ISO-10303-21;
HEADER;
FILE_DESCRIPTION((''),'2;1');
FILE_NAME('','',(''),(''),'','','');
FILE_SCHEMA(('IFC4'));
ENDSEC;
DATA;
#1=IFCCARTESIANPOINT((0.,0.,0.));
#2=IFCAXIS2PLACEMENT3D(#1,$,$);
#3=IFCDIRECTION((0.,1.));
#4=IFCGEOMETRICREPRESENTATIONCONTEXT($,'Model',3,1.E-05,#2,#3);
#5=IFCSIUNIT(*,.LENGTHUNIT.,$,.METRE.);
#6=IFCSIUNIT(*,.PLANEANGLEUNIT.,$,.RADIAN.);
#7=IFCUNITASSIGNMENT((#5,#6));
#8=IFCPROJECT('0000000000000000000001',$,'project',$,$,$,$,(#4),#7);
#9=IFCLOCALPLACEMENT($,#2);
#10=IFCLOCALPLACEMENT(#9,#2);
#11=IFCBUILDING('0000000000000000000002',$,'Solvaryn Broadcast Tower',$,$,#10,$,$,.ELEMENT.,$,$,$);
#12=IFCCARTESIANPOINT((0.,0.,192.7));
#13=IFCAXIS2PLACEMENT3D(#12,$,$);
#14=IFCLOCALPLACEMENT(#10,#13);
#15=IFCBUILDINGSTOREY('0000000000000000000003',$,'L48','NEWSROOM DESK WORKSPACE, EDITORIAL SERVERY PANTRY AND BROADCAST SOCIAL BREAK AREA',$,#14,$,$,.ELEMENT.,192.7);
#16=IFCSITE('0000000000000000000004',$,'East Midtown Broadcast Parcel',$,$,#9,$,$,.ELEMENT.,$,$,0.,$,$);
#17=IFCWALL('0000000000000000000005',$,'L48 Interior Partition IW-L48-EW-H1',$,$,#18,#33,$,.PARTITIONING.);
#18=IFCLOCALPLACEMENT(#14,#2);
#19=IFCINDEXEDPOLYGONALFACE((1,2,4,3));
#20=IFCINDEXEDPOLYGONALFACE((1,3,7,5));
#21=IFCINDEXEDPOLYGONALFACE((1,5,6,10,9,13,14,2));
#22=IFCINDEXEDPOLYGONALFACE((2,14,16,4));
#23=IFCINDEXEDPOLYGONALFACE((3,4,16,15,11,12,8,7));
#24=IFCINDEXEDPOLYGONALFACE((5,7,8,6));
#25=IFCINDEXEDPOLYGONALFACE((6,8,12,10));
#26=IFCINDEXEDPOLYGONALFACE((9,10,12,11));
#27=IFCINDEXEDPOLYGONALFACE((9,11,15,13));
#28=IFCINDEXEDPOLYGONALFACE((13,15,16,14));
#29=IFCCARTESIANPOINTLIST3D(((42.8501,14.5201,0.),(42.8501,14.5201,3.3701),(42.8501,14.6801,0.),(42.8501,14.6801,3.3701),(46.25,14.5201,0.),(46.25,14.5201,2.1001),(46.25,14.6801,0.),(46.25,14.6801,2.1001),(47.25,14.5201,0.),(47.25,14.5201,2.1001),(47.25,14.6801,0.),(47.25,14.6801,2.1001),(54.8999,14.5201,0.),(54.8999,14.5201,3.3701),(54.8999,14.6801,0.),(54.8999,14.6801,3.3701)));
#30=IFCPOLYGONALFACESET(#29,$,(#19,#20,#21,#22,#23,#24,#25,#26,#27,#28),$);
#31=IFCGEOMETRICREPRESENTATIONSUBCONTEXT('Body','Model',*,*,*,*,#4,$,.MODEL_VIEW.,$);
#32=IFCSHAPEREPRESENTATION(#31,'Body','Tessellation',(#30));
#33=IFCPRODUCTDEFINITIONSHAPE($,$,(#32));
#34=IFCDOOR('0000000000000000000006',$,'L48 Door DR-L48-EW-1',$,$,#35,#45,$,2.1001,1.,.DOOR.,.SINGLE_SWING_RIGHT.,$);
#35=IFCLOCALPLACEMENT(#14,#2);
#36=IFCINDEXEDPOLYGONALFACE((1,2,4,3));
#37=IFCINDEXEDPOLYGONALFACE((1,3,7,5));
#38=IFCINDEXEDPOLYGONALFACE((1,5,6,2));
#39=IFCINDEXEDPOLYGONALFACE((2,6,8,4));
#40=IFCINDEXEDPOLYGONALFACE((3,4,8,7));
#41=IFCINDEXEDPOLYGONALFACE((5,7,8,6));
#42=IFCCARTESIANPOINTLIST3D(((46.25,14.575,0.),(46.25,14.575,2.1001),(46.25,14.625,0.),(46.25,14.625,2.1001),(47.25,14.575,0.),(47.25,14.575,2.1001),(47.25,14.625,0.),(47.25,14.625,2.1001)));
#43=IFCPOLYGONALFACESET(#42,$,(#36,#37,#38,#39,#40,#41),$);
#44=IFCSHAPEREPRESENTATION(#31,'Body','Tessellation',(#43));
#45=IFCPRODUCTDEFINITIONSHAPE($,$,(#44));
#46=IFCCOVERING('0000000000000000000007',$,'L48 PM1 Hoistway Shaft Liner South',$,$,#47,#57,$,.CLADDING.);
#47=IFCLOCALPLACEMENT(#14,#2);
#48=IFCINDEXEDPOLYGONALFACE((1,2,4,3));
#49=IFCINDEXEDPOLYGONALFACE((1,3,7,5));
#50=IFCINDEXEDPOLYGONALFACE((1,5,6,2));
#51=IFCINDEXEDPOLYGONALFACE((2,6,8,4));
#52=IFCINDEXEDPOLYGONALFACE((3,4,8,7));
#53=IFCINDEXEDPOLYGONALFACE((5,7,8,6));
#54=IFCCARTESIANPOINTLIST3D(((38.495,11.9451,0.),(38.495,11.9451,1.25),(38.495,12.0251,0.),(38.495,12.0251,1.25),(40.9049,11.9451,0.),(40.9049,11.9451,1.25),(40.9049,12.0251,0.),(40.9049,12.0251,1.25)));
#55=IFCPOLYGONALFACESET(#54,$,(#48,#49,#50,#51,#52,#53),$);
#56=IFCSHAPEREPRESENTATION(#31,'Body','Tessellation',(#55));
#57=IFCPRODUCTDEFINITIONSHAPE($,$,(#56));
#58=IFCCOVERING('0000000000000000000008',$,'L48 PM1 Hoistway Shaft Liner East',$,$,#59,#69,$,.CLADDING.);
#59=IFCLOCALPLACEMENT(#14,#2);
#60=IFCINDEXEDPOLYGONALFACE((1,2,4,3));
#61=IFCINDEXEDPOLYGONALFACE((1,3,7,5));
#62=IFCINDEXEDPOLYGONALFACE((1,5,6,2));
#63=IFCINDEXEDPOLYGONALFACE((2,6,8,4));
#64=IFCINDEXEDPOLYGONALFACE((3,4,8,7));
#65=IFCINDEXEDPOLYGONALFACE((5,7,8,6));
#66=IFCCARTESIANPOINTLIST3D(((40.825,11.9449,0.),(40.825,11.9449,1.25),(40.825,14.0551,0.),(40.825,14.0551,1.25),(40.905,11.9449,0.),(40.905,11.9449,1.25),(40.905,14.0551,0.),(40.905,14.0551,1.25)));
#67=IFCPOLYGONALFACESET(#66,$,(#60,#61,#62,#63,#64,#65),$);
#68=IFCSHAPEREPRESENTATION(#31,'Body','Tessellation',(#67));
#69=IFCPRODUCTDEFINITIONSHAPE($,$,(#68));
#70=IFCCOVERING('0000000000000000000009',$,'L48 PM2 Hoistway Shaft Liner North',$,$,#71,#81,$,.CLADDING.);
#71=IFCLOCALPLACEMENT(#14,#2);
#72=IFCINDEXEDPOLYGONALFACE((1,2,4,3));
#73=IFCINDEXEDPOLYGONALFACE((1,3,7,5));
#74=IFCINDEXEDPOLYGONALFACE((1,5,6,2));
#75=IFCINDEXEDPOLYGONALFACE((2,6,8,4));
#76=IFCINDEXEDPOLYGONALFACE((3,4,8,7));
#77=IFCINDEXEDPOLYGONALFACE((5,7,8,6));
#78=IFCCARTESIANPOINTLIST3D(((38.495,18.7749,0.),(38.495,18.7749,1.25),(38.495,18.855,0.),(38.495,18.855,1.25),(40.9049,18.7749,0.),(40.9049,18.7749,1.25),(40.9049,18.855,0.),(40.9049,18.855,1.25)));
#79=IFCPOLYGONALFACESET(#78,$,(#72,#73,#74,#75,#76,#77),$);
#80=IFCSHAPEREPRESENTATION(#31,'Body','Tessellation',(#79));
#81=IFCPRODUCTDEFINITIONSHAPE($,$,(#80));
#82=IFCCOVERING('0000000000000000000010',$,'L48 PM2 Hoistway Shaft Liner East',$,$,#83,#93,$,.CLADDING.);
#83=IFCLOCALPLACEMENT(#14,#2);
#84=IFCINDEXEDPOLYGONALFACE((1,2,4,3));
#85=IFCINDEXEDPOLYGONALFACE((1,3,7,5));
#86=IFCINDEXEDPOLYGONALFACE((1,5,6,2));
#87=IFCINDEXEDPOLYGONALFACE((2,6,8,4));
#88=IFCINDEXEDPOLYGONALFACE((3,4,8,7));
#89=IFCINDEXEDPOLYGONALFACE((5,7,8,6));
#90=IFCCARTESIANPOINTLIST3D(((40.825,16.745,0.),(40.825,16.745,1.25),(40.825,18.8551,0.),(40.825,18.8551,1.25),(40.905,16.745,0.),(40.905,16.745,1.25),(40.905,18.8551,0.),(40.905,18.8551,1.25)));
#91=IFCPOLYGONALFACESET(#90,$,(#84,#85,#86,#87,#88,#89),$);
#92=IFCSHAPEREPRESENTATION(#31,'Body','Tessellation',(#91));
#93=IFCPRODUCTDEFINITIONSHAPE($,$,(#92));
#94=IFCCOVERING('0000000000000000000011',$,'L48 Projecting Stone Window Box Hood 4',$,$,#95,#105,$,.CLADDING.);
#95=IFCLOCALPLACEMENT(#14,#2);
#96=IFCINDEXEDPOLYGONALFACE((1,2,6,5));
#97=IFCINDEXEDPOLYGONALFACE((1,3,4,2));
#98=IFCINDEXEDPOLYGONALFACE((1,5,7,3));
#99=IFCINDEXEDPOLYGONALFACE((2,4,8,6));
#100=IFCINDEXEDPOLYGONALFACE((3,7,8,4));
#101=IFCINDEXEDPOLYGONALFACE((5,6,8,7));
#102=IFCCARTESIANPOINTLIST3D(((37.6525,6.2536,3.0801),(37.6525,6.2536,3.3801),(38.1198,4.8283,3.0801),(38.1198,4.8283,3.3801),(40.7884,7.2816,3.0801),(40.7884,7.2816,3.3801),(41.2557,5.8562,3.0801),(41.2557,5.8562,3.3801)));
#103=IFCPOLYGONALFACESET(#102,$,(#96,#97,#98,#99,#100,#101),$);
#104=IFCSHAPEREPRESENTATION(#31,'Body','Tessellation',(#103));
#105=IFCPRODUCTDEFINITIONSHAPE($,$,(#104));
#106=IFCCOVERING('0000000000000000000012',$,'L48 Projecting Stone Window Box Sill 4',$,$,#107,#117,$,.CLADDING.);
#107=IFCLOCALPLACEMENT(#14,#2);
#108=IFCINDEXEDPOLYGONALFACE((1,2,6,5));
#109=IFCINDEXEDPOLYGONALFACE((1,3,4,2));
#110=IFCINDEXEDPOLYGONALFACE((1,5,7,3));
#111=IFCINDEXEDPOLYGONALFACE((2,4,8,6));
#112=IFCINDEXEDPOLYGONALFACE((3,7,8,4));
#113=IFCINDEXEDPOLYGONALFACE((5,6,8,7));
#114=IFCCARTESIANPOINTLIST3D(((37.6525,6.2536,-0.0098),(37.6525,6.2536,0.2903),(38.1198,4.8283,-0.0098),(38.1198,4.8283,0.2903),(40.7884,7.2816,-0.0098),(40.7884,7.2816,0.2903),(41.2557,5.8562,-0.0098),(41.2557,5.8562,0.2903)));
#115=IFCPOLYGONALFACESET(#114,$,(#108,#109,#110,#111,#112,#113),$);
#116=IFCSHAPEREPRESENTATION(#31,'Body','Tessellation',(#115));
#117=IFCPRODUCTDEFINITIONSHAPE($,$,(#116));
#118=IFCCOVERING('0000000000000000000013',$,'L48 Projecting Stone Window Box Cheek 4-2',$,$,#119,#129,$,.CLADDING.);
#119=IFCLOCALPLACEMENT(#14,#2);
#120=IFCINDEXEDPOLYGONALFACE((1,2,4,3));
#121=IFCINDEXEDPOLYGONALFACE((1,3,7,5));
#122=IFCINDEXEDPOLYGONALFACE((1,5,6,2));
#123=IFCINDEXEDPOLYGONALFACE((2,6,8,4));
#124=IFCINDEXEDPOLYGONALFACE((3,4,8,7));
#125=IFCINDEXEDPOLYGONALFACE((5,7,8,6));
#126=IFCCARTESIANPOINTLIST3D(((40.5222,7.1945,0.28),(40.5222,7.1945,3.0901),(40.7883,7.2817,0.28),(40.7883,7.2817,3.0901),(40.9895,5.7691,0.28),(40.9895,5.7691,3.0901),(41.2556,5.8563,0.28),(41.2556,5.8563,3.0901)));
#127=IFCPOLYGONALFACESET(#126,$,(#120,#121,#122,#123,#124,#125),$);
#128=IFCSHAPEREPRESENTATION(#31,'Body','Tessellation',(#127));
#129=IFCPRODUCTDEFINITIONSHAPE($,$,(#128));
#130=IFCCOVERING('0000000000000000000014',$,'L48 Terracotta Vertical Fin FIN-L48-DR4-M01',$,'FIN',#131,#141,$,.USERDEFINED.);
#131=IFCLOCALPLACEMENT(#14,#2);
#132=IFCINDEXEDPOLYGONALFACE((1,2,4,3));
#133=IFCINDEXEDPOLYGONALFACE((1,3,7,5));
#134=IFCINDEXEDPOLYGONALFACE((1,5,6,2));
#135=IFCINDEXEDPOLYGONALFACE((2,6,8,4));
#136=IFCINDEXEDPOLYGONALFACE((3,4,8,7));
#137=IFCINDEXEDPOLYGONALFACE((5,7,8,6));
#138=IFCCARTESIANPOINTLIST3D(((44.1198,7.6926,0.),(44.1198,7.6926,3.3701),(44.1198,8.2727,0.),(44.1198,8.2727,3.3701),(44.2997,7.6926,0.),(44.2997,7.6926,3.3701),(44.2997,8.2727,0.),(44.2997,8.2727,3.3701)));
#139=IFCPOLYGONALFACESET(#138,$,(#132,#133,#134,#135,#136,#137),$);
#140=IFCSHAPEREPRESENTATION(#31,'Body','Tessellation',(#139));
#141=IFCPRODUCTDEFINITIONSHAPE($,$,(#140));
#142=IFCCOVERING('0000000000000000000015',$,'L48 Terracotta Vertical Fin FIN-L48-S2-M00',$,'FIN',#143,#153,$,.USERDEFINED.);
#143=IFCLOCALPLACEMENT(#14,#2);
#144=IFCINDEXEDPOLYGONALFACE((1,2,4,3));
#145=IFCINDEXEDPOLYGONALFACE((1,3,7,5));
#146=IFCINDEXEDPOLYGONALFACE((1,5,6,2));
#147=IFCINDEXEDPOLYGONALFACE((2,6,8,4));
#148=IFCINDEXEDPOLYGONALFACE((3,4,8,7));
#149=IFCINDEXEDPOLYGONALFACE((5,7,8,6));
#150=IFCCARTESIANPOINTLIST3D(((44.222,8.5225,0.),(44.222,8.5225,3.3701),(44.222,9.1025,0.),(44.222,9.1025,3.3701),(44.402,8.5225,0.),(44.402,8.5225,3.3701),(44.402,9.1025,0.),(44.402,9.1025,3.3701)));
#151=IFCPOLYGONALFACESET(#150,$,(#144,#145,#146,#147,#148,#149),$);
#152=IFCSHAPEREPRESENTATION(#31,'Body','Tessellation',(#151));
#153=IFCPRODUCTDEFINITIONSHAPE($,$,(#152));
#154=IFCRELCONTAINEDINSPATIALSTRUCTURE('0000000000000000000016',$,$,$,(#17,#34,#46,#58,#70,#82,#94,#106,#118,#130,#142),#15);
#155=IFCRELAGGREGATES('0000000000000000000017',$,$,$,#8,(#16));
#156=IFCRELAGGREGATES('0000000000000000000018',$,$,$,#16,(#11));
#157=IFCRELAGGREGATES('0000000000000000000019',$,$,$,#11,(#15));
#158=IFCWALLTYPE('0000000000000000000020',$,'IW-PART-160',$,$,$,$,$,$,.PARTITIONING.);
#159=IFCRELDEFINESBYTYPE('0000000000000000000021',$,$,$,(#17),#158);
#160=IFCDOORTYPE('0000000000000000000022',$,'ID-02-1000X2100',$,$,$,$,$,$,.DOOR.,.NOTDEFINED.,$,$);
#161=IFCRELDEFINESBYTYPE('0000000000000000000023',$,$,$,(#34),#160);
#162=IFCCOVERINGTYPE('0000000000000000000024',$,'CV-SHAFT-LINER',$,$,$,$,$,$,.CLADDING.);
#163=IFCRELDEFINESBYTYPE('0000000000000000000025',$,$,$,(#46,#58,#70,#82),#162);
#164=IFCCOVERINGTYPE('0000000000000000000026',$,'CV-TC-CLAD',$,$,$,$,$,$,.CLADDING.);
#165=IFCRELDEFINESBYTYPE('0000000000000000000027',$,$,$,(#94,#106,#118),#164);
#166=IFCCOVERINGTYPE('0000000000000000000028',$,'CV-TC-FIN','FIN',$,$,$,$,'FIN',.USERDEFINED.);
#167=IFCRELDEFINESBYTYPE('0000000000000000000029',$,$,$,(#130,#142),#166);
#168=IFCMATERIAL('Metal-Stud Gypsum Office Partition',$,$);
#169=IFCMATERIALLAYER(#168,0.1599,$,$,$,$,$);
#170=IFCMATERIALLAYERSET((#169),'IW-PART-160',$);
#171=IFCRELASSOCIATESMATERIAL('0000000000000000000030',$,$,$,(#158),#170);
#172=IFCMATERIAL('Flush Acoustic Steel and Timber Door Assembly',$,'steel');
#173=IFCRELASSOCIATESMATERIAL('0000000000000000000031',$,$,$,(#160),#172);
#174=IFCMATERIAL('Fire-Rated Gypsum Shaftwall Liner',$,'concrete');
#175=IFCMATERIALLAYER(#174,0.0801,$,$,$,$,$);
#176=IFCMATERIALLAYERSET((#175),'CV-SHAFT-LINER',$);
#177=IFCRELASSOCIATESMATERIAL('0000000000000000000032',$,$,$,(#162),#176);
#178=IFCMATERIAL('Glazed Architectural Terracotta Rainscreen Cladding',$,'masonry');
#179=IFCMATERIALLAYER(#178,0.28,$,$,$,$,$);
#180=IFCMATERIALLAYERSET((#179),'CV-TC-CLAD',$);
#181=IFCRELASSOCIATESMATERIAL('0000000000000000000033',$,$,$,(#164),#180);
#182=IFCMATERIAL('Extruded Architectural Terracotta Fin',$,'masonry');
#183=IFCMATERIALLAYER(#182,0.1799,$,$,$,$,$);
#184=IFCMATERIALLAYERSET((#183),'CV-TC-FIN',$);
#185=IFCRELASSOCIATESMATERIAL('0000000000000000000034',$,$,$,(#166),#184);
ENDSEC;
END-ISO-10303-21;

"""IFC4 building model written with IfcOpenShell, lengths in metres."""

from ifc_helpers import new_model, si_unit, direction, frame, frame_2d, origin, origin_2d, place, context, subcontext, project, spatial, rectangle, extrude, material, layer, layer_set, type_object, element, fill, save


model = new_model("IFC4")

# Units and contexts
model_context = context("Model", 3, precision=1e-05, world=origin(), true_north=direction((0.0, 1.0)))
body_context = subcontext(model_context, "Body", "Model", "MODEL_VIEW")
ifc_project = project(units=[si_unit("LENGTHUNIT", "METRE"), si_unit("PLANEANGLEUNIT", "RADIAN")], contexts=[model_context])

# Site, building, storey
site_placement = place(None, origin())
site = spatial("IfcSite", under=ifc_project, at=site_placement, Name="East Midtown Broadcast Parcel", CompositionType="ELEMENT", RefElevation=0.0)
building_placement = place(site_placement, origin())
building = spatial("IfcBuilding", under=site, at=building_placement, Name="Solvaryn Broadcast Tower", CompositionType="ELEMENT")
storey_placement = place(building_placement, frame((0.0, 0.0, 192.7)))
storey = spatial("IfcBuildingStorey", under=building, at=storey_placement, Name="L48", Description="NEWSROOM DESK WORKSPACE, EDITORIAL SERVERY PANTRY AND BROADCAST SOCIAL BREAK AREA", CompositionType="ELEMENT", Elevation=192.7)

# Shared definitions
ifc_material_1 = material(Name="Metal-Stud Gypsum Office Partition")
ifc_layer_1 = layer(ifc_material_1, 0.1599)
ifc_layer_set_1 = layer_set([ifc_layer_1], Name="IW-PART-160")
wall_type_1 = type_object("IfcWallType", Name="IW-PART-160", PredefinedType="PARTITIONING", material=ifc_layer_set_1)

# Wall, opening, door
wall_1_placement = place(storey_placement, frame((42.8501, 14.6001, 0.0), z_axis=(0.0, 0.0, 1.0), x_axis=(1.0, 0.0, 0.0)))
wall_1 = element("IfcWall", 1, at=wall_1_placement, inside=storey, type_object=wall_type_1, Name="L48 Interior Partition IW-L48-EW-H1", PredefinedType="PARTITIONING", context=body_context, shape_type="SweptSolid", body=[
    extrude(rectangle(XDim=12.0498, YDim=0.1599, at=frame_2d((6.0249, 0.0))), origin(), (0.0, 0.0, 1.0), 3.3701),
])
opening_1_placement = place(wall_1_placement, frame((3.3999, 0.0, 0.0)))
opening_1 = element("IfcOpeningElement", 2, at=opening_1_placement, cuts=wall_1, PredefinedType="OPENING", context=body_context, shape_type="SweptSolid", body=[
    extrude(rectangle(XDim=1.0, YDim=2.1001, at=frame_2d((0.5, 1.05))), frame((0.0, 0.0901, 0.0), z_axis=(0.0, -1.0, 0.0), x_axis=(1.0, 0.0, 0.0)), (0.0, 0.0, 1.0), 0.1799),
])
ifc_material_2 = material(Name="Flush Acoustic Steel and Timber Door Assembly", Category="steel")
door_type_1 = type_object("IfcDoorType", Name="ID-02-1000X2100", OperationType="NOTDEFINED", PredefinedType="DOOR", material=ifc_material_2)
door_1_placement = place(opening_1_placement, origin())
door_1 = element("IfcDoor", 3, at=door_1_placement, inside=storey, type_object=door_type_1, Name="L48 Door DR-L48-EW-1", OperationType="SINGLE_SWING_RIGHT", OverallHeight=2.1001, OverallWidth=1.0, PredefinedType="DOOR", context=body_context, shape_type="SweptSolid", body=[
    extrude(rectangle(XDim=1.0, YDim=2.1001, at=frame_2d((0.5, 1.05))), frame((0.0, 0.0249, 0.0), z_axis=(0.0, -1.0, 0.0), x_axis=(1.0, 0.0, 0.0)), (0.0, 0.0, 1.0), 0.05),
])
fill(opening_1, door_1)

# Coverings
ifc_material_3 = material(Name="Fire-Rated Gypsum Shaftwall Liner", Category="concrete")
ifc_layer_2 = layer(ifc_material_3, 0.0801)
ifc_layer_set_2 = layer_set([ifc_layer_2], Name="CV-SHAFT-LINER")
covering_type_1 = type_object("IfcCoveringType", Name="CV-SHAFT-LINER", PredefinedType="CLADDING", material=ifc_layer_set_2)
covering_1_placement = place(storey_placement, frame((39.7, 11.9851, 0.0), z_axis=(0.0, 0.0, 1.0), x_axis=(1.0, 0.0, 0.0)))
element("IfcCovering", 4, at=covering_1_placement, inside=storey, type_object=covering_type_1, Name="L48 PM1 Hoistway Shaft Liner South", PredefinedType="CLADDING", context=body_context, shape_type="SweptSolid", body=[
    extrude(rectangle(XDim=2.4099, YDim=0.0801, at=origin_2d()), origin(), (0.0, 0.0, 1.0), 1.25),
])
covering_2_placement = place(storey_placement, frame((40.865, 13.0, 0.0), z_axis=(0.0, 0.0, 1.0), x_axis=(1.0, 0.0, 0.0)))
element("IfcCovering", 5, at=covering_2_placement, inside=storey, type_object=covering_type_1, Name="L48 PM1 Hoistway Shaft Liner East", PredefinedType="CLADDING", context=body_context, shape_type="SweptSolid", body=[
    extrude(rectangle(XDim=0.0801, YDim=2.1101, at=origin_2d()), origin(), (0.0, 0.0, 1.0), 1.25),
])
covering_3_placement = place(storey_placement, frame((39.7, 18.8149, 0.0), z_axis=(0.0, 0.0, 1.0), x_axis=(1.0, 0.0, 0.0)))
element("IfcCovering", 6, at=covering_3_placement, inside=storey, type_object=covering_type_1, Name="L48 PM2 Hoistway Shaft Liner North", PredefinedType="CLADDING", context=body_context, shape_type="SweptSolid", body=[
    extrude(rectangle(XDim=2.4099, YDim=0.0801, at=origin_2d()), origin(), (0.0, 0.0, 1.0), 1.25),
])
covering_4_placement = place(storey_placement, frame((40.865, 17.8, 0.0), z_axis=(0.0, 0.0, 1.0), x_axis=(1.0, 0.0, 0.0)))
element("IfcCovering", 7, at=covering_4_placement, inside=storey, type_object=covering_type_1, Name="L48 PM2 Hoistway Shaft Liner East", PredefinedType="CLADDING", context=body_context, shape_type="SweptSolid", body=[
    extrude(rectangle(XDim=0.0801, YDim=2.1101, at=origin_2d()), origin(), (0.0, 0.0, 1.0), 1.25),
])
ifc_material_4 = material(Name="Glazed Architectural Terracotta Rainscreen Cladding", Category="masonry")
ifc_layer_3 = layer(ifc_material_4, 0.28)
ifc_layer_set_3 = layer_set([ifc_layer_3], Name="CV-TC-CLAD")
covering_type_2 = type_object("IfcCoveringType", Name="CV-TC-CLAD", PredefinedType="CLADDING", material=ifc_layer_set_3)
for number, where, z_axis, x_axis, name in (
    (8, (39.4541, 6.0549, 3.0801), (0.0, 0.0, 1.0), (0.950244, 0.311506, 0.0), "L48 Projecting Stone Window Box Hood 4"),
    (9, (39.4541, 6.0549, -0.0098), (0.0, 0.0, 1.0), (0.950244, 0.311506, 0.0), "L48 Projecting Stone Window Box Sill 4"),
):
    element("IfcCovering", number, at=place(storey_placement, frame(where, z_axis=z_axis, x_axis=x_axis)), inside=storey, type_object=covering_type_2, Name=name, PredefinedType="CLADDING", context=body_context, shape_type="SweptSolid", body=[
        extrude(rectangle(XDim=3.3, YDim=1.5, at=origin_2d()), origin(), (0.0, 0.0, 1.0), 0.3),
    ])
covering_5_placement = place(storey_placement, frame((40.8889, 6.5254, 0.28), z_axis=(0.0, 0.0, 1.0), x_axis=(0.950244, 0.311506, 0.0)))
element("IfcCovering", 10, at=covering_5_placement, inside=storey, type_object=covering_type_2, Name="L48 Projecting Stone Window Box Cheek 4-2", PredefinedType="CLADDING", context=body_context, shape_type="SweptSolid", body=[
    extrude(rectangle(XDim=0.28, YDim=1.5, at=origin_2d()), origin(), (0.0, 0.0, 1.0), 2.8101),
])
ifc_material_5 = material(Name="Extruded Architectural Terracotta Fin", Category="masonry")
ifc_layer_4 = layer(ifc_material_5, 0.1799)
ifc_layer_set_4 = layer_set([ifc_layer_4], Name="CV-TC-FIN")
covering_type_3 = type_object("IfcCoveringType", Name="CV-TC-FIN", Description="FIN", ElementType="FIN", PredefinedType="USERDEFINED", material=ifc_layer_set_4)
for number, where, z_axis, x_axis, name in (
    (11, (44.2097, 7.9827, 0.0), (0.0, 0.0, 1.0), (1.0, 0.0, 0.0), "L48 Terracotta Vertical Fin FIN-L48-DR4-M01"),
    (12, (44.312, 8.8125, 0.0), (0.0, 0.0, 1.0), (1.0, 0.0, 0.0), "L48 Terracotta Vertical Fin FIN-L48-S2-M00"),
):
    element("IfcCovering", number, at=place(storey_placement, frame(where, z_axis=z_axis, x_axis=x_axis)), inside=storey, type_object=covering_type_3, Name=name, ObjectType="FIN", PredefinedType="USERDEFINED", context=body_context, shape_type="SweptSolid", body=[
        extrude(rectangle(XDim=0.1799, YDim=0.5801, at=origin_2d()), origin(), (0.0, 0.0, 1.0), 3.3701),
    ])

save(model, "model.ifc")
